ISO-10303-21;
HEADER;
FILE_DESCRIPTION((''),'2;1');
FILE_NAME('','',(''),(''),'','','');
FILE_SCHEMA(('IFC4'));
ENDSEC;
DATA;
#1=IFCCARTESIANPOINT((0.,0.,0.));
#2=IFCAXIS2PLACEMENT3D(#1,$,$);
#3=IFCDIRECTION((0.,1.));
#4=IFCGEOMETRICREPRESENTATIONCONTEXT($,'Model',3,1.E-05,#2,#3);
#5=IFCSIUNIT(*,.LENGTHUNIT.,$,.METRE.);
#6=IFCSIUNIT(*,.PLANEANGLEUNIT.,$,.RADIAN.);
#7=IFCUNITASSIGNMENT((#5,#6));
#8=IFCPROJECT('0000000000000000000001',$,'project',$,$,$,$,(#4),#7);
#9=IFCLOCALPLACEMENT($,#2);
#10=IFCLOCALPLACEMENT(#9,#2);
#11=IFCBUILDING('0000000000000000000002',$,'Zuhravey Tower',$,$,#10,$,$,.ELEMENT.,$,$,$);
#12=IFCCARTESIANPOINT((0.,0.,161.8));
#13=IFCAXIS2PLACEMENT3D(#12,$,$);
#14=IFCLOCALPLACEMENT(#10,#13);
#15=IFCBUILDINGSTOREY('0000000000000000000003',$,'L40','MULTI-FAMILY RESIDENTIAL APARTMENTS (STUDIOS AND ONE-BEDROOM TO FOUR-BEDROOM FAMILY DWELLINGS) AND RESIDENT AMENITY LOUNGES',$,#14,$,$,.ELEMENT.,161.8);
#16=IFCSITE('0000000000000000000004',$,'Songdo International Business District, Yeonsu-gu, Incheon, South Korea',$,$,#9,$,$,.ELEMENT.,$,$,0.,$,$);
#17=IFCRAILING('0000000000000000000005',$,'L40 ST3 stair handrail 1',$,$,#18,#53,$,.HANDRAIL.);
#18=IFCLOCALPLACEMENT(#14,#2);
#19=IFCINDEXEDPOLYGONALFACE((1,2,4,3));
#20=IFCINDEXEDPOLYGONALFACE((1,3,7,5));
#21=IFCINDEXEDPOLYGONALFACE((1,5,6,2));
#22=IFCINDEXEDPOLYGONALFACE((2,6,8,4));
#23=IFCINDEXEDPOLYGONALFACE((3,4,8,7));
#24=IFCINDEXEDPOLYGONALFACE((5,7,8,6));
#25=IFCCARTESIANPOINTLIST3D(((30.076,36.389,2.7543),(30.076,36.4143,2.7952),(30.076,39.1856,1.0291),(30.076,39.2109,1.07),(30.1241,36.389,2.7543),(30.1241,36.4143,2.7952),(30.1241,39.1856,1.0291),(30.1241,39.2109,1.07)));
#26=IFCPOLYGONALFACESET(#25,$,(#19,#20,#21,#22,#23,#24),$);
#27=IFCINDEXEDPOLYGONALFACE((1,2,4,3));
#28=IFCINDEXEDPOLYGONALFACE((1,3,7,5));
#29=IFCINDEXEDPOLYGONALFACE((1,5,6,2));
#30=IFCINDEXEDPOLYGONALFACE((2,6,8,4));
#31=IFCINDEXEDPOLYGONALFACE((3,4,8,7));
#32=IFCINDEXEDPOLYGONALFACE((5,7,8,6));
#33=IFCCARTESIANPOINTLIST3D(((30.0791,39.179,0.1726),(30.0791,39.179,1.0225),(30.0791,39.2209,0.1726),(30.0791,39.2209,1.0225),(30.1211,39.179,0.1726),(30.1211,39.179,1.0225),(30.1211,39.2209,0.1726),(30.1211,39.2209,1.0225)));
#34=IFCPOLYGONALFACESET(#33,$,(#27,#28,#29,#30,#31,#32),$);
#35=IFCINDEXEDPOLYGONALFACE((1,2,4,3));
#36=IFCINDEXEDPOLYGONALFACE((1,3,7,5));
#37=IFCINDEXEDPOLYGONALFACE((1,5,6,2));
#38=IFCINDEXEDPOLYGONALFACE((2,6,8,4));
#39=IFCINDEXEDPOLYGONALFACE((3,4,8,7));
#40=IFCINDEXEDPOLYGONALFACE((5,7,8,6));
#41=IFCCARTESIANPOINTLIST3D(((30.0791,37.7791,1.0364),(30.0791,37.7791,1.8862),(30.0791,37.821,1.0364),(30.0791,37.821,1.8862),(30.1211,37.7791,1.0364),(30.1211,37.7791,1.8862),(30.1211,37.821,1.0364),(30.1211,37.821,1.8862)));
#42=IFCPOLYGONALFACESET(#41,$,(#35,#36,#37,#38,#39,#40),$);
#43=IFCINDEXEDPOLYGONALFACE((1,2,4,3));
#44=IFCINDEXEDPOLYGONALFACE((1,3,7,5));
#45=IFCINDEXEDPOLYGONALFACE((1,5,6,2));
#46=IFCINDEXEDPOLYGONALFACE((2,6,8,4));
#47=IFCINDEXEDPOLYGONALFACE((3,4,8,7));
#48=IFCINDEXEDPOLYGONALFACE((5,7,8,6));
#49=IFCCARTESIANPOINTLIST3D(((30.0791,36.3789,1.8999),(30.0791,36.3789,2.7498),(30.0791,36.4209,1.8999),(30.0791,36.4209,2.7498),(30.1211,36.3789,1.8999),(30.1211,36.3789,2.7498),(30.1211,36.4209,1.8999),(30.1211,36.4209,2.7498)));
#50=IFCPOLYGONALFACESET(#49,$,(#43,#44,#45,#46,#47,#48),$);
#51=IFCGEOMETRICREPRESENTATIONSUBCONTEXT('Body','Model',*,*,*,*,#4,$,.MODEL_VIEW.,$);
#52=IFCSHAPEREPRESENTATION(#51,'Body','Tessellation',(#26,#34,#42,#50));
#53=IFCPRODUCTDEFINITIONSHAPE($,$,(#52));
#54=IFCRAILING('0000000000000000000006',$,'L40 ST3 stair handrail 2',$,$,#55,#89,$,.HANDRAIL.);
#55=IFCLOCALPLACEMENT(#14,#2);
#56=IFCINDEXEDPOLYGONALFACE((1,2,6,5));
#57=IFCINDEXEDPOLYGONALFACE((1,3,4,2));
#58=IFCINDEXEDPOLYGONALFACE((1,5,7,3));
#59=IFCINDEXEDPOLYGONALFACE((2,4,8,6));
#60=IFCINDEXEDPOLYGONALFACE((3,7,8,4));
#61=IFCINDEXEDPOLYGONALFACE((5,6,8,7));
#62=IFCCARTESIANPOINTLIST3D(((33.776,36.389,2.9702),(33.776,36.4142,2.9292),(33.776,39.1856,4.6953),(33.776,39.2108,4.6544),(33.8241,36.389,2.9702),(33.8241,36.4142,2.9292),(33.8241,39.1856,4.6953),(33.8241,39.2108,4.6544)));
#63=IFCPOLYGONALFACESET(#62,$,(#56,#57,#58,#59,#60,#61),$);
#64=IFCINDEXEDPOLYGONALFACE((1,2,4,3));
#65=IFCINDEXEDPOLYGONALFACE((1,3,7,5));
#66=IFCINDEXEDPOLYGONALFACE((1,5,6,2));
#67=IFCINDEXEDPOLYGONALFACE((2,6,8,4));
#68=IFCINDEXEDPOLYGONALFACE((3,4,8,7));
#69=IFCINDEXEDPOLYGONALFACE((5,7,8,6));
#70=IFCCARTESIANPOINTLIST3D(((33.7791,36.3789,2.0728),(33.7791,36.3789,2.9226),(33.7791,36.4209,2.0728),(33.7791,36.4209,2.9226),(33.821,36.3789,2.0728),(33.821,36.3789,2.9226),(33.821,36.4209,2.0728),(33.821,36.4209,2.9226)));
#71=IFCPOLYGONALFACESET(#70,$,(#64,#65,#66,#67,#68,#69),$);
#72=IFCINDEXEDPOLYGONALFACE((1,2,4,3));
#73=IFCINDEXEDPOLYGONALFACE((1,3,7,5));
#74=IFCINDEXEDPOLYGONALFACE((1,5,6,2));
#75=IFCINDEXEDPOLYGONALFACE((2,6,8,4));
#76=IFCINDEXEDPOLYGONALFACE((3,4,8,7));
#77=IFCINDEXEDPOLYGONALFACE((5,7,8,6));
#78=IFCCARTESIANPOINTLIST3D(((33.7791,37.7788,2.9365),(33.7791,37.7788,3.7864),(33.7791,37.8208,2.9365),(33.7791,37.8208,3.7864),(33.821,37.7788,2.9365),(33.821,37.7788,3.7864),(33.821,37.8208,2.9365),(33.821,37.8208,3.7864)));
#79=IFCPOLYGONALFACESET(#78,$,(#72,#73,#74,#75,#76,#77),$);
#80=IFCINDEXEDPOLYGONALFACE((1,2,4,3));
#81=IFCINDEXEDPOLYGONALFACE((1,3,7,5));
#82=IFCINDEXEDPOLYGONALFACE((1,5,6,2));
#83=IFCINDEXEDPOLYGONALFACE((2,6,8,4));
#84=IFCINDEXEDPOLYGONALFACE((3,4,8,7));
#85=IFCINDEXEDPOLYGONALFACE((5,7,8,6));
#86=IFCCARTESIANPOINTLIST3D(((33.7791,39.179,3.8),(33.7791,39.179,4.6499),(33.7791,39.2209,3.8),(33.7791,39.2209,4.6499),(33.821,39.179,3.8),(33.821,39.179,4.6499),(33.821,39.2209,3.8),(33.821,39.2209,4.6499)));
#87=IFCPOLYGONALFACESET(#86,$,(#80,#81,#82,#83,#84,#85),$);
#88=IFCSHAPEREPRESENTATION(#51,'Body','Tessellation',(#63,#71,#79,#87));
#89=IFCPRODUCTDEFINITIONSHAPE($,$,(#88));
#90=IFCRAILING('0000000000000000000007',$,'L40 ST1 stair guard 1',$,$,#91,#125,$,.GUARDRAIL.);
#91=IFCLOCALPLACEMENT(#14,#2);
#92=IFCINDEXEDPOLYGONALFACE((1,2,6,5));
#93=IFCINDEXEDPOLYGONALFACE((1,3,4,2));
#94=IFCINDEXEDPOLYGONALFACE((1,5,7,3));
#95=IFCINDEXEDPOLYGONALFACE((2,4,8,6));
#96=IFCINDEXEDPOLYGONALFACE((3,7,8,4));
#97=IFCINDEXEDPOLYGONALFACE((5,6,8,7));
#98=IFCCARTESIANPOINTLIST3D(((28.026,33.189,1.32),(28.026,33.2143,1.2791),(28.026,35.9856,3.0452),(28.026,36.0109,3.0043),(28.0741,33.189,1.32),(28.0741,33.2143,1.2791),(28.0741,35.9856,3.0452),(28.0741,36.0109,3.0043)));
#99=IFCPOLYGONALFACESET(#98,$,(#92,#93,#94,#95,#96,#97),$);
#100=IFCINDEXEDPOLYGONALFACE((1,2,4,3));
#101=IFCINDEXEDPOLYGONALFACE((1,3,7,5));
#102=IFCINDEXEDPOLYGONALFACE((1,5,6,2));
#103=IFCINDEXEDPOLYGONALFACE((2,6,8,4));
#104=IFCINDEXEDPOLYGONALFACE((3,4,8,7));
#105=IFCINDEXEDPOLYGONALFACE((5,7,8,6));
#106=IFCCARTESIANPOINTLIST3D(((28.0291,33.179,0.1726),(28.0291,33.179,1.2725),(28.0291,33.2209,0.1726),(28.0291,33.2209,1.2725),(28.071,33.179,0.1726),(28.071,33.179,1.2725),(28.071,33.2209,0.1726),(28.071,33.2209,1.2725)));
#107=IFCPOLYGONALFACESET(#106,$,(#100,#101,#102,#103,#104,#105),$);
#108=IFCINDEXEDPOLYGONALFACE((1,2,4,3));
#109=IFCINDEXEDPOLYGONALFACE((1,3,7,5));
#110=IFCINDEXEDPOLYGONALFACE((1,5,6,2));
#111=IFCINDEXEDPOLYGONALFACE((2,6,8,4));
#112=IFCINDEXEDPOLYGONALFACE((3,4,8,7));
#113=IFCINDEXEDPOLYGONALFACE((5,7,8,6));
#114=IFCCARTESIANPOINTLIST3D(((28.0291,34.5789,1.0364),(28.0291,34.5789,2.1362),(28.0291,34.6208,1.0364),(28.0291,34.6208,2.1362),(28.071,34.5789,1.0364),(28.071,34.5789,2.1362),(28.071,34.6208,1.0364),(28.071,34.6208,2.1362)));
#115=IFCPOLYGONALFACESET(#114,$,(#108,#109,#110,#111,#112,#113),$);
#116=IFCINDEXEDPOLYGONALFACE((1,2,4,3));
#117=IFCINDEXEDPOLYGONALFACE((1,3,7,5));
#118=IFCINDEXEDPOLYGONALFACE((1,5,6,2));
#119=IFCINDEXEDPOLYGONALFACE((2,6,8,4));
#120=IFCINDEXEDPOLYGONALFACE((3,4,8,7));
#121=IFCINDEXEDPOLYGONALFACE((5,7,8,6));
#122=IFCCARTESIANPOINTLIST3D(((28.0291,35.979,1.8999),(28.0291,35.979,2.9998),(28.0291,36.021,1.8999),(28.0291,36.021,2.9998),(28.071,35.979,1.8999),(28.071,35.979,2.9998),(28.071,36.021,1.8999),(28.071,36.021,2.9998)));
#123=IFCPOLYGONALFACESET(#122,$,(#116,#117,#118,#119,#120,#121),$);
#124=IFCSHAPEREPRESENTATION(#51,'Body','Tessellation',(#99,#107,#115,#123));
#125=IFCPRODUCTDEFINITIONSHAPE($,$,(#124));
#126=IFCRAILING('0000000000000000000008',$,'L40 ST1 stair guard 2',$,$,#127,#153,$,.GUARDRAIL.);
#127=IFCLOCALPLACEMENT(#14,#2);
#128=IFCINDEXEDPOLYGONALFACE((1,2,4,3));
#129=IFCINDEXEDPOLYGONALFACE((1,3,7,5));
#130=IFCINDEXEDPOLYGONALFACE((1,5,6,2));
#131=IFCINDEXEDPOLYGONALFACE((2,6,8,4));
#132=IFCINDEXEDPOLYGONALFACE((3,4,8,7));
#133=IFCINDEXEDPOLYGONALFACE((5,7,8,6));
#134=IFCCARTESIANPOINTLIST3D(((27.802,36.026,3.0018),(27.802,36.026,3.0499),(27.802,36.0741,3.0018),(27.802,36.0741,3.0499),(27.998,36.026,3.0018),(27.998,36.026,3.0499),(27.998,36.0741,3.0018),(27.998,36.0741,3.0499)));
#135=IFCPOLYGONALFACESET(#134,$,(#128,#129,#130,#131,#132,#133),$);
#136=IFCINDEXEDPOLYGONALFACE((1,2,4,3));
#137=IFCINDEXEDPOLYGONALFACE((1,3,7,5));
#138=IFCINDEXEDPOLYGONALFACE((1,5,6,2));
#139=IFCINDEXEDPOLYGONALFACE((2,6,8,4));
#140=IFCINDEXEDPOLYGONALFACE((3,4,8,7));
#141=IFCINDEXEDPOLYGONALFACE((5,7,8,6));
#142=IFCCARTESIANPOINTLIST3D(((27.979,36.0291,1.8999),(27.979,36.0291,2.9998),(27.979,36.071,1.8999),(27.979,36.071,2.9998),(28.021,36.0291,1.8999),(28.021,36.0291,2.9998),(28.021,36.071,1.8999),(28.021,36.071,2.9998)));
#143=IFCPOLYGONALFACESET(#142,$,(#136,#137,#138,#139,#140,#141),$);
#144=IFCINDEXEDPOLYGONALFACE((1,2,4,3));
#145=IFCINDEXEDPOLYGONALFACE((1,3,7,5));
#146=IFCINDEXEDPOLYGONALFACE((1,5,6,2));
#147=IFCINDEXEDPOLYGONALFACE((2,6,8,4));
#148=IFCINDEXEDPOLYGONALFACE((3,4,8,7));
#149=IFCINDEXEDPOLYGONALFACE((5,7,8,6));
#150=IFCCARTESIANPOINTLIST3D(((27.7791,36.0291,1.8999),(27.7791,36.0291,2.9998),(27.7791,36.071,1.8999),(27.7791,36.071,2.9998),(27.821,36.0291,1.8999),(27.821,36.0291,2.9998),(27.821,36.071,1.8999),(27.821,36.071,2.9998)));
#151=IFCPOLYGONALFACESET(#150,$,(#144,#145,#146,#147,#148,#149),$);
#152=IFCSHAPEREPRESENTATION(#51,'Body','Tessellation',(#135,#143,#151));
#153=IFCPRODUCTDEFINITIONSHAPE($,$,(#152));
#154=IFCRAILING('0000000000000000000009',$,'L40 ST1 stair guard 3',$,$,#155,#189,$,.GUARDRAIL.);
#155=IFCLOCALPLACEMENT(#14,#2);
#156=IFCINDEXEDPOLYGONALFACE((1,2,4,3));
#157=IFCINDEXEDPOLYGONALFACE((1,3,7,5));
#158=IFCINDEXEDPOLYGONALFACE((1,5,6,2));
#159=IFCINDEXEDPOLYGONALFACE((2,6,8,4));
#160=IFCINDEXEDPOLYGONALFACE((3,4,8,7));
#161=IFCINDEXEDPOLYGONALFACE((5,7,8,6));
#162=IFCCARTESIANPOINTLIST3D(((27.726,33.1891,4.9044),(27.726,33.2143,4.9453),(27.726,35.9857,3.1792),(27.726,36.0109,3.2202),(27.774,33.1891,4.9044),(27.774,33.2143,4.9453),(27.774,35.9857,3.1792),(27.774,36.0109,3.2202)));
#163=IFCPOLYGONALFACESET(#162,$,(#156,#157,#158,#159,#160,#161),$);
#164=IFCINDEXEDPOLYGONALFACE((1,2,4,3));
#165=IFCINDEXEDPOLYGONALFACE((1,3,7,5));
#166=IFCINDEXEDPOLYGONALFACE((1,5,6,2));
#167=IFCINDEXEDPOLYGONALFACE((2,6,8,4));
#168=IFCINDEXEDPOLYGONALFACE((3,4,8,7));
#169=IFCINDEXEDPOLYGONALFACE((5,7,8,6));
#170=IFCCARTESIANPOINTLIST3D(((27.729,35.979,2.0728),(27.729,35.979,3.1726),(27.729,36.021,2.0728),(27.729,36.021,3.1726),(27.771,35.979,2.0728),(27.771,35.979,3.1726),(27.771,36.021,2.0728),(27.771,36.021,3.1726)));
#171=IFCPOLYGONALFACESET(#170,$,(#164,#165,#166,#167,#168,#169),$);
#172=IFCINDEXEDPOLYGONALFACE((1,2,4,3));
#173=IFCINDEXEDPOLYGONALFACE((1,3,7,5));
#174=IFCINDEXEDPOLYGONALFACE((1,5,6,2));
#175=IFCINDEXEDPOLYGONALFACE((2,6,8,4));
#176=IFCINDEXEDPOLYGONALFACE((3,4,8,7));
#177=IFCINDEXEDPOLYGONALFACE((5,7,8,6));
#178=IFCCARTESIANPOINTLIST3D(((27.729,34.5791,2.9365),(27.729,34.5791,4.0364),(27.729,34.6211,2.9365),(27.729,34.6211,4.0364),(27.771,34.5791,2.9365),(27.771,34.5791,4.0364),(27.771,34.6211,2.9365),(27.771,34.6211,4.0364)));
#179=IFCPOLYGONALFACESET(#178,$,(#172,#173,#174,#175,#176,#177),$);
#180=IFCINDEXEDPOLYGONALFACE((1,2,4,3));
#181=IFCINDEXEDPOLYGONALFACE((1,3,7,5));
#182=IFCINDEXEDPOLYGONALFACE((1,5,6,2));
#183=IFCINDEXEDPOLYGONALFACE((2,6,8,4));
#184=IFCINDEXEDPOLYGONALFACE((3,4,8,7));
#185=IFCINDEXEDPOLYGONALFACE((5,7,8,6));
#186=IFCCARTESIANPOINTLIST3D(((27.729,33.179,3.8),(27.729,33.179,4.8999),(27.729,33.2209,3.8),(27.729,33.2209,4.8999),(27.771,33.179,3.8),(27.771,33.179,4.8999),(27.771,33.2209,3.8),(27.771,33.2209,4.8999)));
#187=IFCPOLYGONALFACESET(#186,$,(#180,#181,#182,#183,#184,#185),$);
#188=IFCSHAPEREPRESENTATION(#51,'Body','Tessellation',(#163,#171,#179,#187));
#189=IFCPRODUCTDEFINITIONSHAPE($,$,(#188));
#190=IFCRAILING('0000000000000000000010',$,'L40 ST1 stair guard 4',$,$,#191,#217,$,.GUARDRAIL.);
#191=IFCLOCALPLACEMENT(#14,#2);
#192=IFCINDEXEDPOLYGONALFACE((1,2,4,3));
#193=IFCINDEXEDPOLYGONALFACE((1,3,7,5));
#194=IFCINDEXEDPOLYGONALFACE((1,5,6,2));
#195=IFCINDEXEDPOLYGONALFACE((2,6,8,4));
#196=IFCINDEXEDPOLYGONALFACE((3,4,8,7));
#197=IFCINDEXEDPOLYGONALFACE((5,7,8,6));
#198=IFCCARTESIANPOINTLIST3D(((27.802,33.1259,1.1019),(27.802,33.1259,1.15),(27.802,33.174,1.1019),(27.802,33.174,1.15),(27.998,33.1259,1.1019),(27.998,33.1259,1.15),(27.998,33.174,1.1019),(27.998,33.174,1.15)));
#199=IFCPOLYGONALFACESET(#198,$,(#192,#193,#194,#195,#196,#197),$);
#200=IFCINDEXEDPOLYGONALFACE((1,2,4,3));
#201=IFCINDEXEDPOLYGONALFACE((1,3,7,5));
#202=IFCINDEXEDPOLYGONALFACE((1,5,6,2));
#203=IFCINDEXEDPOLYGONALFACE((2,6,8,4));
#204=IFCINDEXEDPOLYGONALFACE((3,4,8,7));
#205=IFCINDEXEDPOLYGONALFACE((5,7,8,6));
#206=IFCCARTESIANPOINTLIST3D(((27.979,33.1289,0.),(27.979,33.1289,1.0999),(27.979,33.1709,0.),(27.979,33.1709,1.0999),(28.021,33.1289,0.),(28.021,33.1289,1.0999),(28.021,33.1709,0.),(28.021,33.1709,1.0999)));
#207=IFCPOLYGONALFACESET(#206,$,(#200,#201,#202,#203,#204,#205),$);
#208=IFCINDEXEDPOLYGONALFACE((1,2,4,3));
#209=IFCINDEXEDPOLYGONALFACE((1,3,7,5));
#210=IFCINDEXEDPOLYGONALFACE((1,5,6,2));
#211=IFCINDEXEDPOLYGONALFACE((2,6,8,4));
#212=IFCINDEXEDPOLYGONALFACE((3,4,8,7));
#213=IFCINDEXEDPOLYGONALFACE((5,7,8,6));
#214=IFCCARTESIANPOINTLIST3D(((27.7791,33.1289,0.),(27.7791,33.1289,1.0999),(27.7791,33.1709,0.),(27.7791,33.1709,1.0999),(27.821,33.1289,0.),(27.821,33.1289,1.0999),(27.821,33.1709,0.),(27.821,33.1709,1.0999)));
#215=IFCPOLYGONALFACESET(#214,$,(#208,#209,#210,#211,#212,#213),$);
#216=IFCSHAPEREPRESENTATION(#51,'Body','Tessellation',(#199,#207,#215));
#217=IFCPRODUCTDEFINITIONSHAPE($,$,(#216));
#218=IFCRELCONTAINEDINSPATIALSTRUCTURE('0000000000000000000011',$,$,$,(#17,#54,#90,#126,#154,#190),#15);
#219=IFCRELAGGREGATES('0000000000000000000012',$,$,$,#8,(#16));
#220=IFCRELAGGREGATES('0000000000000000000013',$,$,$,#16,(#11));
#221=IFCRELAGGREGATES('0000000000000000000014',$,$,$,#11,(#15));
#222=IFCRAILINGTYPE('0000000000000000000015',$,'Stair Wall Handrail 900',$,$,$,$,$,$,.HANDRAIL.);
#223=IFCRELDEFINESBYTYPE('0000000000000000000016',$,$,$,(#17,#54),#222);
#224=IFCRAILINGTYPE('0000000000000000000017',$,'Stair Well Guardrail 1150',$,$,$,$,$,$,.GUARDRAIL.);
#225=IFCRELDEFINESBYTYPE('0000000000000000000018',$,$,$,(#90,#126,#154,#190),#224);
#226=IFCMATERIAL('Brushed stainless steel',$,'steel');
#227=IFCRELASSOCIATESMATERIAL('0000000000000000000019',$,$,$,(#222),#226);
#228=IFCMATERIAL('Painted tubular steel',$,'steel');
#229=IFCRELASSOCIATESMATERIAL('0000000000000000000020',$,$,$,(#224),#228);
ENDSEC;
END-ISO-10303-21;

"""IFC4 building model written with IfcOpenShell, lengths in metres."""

from ifc_helpers import new_model, si_unit, direction, frame, origin, origin_2d, place, context, subcontext, project, spatial, rectangle, extrude, material, type_object, element, save


model = new_model("IFC4")

# Units and contexts
model_context = context("Model", 3, precision=1e-05, world=origin(), true_north=direction((0.0, 1.0)))
body_context = subcontext(model_context, "Body", "Model", "MODEL_VIEW")
ifc_project = project(units=[si_unit("LENGTHUNIT", "METRE"), si_unit("PLANEANGLEUNIT", "RADIAN")], contexts=[model_context])

# Site, building, storey
site_placement = place(None, origin())
site = spatial("IfcSite", under=ifc_project, at=site_placement, Name="Songdo International Business District, Yeonsu-gu, Incheon, South Korea", CompositionType="ELEMENT", RefElevation=0.0)
building_placement = place(site_placement, origin())
building = spatial("IfcBuilding", under=site, at=building_placement, Name="Zuhravey Tower", CompositionType="ELEMENT")
storey_placement = place(building_placement, frame((0.0, 0.0, 161.8)))
storey = spatial("IfcBuildingStorey", under=building, at=storey_placement, Name="L40", Description="MULTI-FAMILY RESIDENTIAL APARTMENTS (STUDIOS AND ONE-BEDROOM TO FOUR-BEDROOM FAMILY DWELLINGS) AND RESIDENT AMENITY LOUNGES", CompositionType="ELEMENT", Elevation=161.8)

# Railings
ifc_material_1 = material(Name="Brushed stainless steel", Category="steel")
railing_type_1 = type_object("IfcRailingType", Name="Stair Wall Handrail 900", PredefinedType="HANDRAIL", material=ifc_material_1)
for number, where, name in (
    (1, (30.1001, 39.2, 0.1726), "L40 ST3 stair handrail 1"),
):
    element("IfcRailing", number, at=place(storey_placement, frame(where)), inside=storey, type_object=railing_type_1, Name=name, PredefinedType="HANDRAIL", context=body_context, shape_type="SweptSolid", body=[
        extrude(rectangle(XDim=0.0481, YDim=0.0481, at=origin_2d()), frame((0.0, -0.0017, 0.877), z_axis=(0.0, -0.85109, 0.52502), x_axis=(1.0, 0.0, 0.0)), (0.0, 0.0, 1.0), 3.2859),
        extrude(rectangle(XDim=0.042, YDim=0.042, at=origin_2d()), origin(), (0.0, 0.0, 1.0), 0.8499),
        extrude(rectangle(XDim=0.042, YDim=0.042, at=origin_2d()), frame((0.0, -1.3999, 0.8638)), (0.0, 0.0, 1.0), 0.8499),
        extrude(rectangle(XDim=0.042, YDim=0.042, at=origin_2d()), frame((0.0, -2.8, 1.7273)), (0.0, 0.0, 1.0), 0.8499),
    ])
railing_1_placement = place(storey_placement, frame((33.8, 36.3999, 2.0728)))
element("IfcRailing", 2, at=railing_1_placement, inside=storey, type_object=railing_type_1, Name="L40 ST3 stair handrail 2", PredefinedType="HANDRAIL", context=body_context, shape_type="SweptSolid", body=[
    extrude(rectangle(XDim=0.0481, YDim=0.0481, at=origin_2d()), frame((0.0, 0.0017, 0.877), z_axis=(0.0, 0.85109, 0.52502), x_axis=(-1.0, 0.0, 0.0)), (0.0, 0.0, 1.0), 3.2859),
    extrude(rectangle(XDim=0.042, YDim=0.042, at=origin_2d()), origin(), (0.0, 0.0, 1.0), 0.8499),
    extrude(rectangle(XDim=0.042, YDim=0.042, at=origin_2d()), frame((0.0, 1.3999, 0.8638)), (0.0, 0.0, 1.0), 0.8499),
    extrude(rectangle(XDim=0.042, YDim=0.042, at=origin_2d()), frame((0.0, 2.8, 1.7273)), (0.0, 0.0, 1.0), 0.8499),
])
ifc_material_2 = material(Name="Painted tubular steel", Category="steel")
railing_type_2 = type_object("IfcRailingType", Name="Stair Well Guardrail 1150", PredefinedType="GUARDRAIL", material=ifc_material_2)
railing_2_placement = place(storey_placement, frame((28.05, 33.2, 0.1726)))
element("IfcRailing", 3, at=railing_2_placement, inside=storey, type_object=railing_type_2, Name="L40 ST1 stair guard 1", PredefinedType="GUARDRAIL", context=body_context, shape_type="SweptSolid", body=[
    extrude(rectangle(XDim=0.0481, YDim=0.0481, at=origin_2d()), frame((0.0, 0.0017, 1.127), z_axis=(0.0, 0.85109, 0.52502), x_axis=(-1.0, 0.0, 0.0)), (0.0, 0.0, 1.0), 3.2859),
    extrude(rectangle(XDim=0.042, YDim=0.042, at=origin_2d()), origin(), (0.0, 0.0, 1.0), 1.0999),
    extrude(rectangle(XDim=0.042, YDim=0.042, at=origin_2d()), frame((0.0, 1.3999, 0.8638)), (0.0, 0.0, 1.0), 1.0999),
    extrude(rectangle(XDim=0.042, YDim=0.042, at=origin_2d()), frame((0.0, 2.8, 1.7273)), (0.0, 0.0, 1.0), 1.0999),
])
railing_3_placement = place(storey_placement, frame((28.0, 36.05, 1.8999)))
element("IfcRailing", 4, at=railing_3_placement, inside=storey, type_object=railing_type_2, Name="L40 ST1 stair guard 2", PredefinedType="GUARDRAIL", context=body_context, shape_type="SweptSolid", body=[
    extrude(rectangle(XDim=0.0481, YDim=0.0481, at=origin_2d()), frame((-0.002, 0.0, 1.126), z_axis=(-1.0, 0.0, 0.0), x_axis=(0.0, -1.0, 0.0)), (0.0, 0.0, 1.0), 0.196),
    extrude(rectangle(XDim=0.042, YDim=0.042, at=origin_2d()), origin(), (0.0, 0.0, 1.0), 1.0999),
    extrude(rectangle(XDim=0.042, YDim=0.042, at=origin_2d()), frame((-0.2, 0.0, 0.0)), (0.0, 0.0, 1.0), 1.0999),
])
railing_4_placement = place(storey_placement, frame((27.75, 36.0, 2.0728)))
element("IfcRailing", 5, at=railing_4_placement, inside=storey, type_object=railing_type_2, Name="L40 ST1 stair guard 3", PredefinedType="GUARDRAIL", context=body_context, shape_type="SweptSolid", body=[
    extrude(rectangle(XDim=0.0481, YDim=0.0481, at=origin_2d()), frame((0.0, -0.0017, 1.127), z_axis=(0.0, -0.85109, 0.52502), x_axis=(1.0, 0.0, 0.0)), (0.0, 0.0, 1.0), 3.2859),
    extrude(rectangle(XDim=0.042, YDim=0.042, at=origin_2d()), origin(), (0.0, 0.0, 1.0), 1.0999),
    extrude(rectangle(XDim=0.042, YDim=0.042, at=origin_2d()), frame((0.0, -1.3999, 0.8638)), (0.0, 0.0, 1.0), 1.0999),
    extrude(rectangle(XDim=0.042, YDim=0.042, at=origin_2d()), frame((0.0, -2.8, 1.7273)), (0.0, 0.0, 1.0), 1.0999),
])
railing_5_placement = place(storey_placement, frame((28.0, 33.1499, 0.0)))
element("IfcRailing", 6, at=railing_5_placement, inside=storey, type_object=railing_type_2, Name="L40 ST1 stair guard 4", PredefinedType="GUARDRAIL", context=body_context, shape_type="SweptSolid", body=[
    extrude(rectangle(XDim=0.0481, YDim=0.0481, at=origin_2d()), frame((-0.002, 0.0, 1.126), z_axis=(-1.0, 0.0, 0.0), x_axis=(0.0, -1.0, 0.0)), (0.0, 0.0, 1.0), 0.196),
    extrude(rectangle(XDim=0.042, YDim=0.042, at=origin_2d()), origin(), (0.0, 0.0, 1.0), 1.0999),
    extrude(rectangle(XDim=0.042, YDim=0.042, at=origin_2d()), frame((-0.2, 0.0, 0.0)), (0.0, 0.0, 1.0), 1.0999),
])

save(model, "model.ifc")
